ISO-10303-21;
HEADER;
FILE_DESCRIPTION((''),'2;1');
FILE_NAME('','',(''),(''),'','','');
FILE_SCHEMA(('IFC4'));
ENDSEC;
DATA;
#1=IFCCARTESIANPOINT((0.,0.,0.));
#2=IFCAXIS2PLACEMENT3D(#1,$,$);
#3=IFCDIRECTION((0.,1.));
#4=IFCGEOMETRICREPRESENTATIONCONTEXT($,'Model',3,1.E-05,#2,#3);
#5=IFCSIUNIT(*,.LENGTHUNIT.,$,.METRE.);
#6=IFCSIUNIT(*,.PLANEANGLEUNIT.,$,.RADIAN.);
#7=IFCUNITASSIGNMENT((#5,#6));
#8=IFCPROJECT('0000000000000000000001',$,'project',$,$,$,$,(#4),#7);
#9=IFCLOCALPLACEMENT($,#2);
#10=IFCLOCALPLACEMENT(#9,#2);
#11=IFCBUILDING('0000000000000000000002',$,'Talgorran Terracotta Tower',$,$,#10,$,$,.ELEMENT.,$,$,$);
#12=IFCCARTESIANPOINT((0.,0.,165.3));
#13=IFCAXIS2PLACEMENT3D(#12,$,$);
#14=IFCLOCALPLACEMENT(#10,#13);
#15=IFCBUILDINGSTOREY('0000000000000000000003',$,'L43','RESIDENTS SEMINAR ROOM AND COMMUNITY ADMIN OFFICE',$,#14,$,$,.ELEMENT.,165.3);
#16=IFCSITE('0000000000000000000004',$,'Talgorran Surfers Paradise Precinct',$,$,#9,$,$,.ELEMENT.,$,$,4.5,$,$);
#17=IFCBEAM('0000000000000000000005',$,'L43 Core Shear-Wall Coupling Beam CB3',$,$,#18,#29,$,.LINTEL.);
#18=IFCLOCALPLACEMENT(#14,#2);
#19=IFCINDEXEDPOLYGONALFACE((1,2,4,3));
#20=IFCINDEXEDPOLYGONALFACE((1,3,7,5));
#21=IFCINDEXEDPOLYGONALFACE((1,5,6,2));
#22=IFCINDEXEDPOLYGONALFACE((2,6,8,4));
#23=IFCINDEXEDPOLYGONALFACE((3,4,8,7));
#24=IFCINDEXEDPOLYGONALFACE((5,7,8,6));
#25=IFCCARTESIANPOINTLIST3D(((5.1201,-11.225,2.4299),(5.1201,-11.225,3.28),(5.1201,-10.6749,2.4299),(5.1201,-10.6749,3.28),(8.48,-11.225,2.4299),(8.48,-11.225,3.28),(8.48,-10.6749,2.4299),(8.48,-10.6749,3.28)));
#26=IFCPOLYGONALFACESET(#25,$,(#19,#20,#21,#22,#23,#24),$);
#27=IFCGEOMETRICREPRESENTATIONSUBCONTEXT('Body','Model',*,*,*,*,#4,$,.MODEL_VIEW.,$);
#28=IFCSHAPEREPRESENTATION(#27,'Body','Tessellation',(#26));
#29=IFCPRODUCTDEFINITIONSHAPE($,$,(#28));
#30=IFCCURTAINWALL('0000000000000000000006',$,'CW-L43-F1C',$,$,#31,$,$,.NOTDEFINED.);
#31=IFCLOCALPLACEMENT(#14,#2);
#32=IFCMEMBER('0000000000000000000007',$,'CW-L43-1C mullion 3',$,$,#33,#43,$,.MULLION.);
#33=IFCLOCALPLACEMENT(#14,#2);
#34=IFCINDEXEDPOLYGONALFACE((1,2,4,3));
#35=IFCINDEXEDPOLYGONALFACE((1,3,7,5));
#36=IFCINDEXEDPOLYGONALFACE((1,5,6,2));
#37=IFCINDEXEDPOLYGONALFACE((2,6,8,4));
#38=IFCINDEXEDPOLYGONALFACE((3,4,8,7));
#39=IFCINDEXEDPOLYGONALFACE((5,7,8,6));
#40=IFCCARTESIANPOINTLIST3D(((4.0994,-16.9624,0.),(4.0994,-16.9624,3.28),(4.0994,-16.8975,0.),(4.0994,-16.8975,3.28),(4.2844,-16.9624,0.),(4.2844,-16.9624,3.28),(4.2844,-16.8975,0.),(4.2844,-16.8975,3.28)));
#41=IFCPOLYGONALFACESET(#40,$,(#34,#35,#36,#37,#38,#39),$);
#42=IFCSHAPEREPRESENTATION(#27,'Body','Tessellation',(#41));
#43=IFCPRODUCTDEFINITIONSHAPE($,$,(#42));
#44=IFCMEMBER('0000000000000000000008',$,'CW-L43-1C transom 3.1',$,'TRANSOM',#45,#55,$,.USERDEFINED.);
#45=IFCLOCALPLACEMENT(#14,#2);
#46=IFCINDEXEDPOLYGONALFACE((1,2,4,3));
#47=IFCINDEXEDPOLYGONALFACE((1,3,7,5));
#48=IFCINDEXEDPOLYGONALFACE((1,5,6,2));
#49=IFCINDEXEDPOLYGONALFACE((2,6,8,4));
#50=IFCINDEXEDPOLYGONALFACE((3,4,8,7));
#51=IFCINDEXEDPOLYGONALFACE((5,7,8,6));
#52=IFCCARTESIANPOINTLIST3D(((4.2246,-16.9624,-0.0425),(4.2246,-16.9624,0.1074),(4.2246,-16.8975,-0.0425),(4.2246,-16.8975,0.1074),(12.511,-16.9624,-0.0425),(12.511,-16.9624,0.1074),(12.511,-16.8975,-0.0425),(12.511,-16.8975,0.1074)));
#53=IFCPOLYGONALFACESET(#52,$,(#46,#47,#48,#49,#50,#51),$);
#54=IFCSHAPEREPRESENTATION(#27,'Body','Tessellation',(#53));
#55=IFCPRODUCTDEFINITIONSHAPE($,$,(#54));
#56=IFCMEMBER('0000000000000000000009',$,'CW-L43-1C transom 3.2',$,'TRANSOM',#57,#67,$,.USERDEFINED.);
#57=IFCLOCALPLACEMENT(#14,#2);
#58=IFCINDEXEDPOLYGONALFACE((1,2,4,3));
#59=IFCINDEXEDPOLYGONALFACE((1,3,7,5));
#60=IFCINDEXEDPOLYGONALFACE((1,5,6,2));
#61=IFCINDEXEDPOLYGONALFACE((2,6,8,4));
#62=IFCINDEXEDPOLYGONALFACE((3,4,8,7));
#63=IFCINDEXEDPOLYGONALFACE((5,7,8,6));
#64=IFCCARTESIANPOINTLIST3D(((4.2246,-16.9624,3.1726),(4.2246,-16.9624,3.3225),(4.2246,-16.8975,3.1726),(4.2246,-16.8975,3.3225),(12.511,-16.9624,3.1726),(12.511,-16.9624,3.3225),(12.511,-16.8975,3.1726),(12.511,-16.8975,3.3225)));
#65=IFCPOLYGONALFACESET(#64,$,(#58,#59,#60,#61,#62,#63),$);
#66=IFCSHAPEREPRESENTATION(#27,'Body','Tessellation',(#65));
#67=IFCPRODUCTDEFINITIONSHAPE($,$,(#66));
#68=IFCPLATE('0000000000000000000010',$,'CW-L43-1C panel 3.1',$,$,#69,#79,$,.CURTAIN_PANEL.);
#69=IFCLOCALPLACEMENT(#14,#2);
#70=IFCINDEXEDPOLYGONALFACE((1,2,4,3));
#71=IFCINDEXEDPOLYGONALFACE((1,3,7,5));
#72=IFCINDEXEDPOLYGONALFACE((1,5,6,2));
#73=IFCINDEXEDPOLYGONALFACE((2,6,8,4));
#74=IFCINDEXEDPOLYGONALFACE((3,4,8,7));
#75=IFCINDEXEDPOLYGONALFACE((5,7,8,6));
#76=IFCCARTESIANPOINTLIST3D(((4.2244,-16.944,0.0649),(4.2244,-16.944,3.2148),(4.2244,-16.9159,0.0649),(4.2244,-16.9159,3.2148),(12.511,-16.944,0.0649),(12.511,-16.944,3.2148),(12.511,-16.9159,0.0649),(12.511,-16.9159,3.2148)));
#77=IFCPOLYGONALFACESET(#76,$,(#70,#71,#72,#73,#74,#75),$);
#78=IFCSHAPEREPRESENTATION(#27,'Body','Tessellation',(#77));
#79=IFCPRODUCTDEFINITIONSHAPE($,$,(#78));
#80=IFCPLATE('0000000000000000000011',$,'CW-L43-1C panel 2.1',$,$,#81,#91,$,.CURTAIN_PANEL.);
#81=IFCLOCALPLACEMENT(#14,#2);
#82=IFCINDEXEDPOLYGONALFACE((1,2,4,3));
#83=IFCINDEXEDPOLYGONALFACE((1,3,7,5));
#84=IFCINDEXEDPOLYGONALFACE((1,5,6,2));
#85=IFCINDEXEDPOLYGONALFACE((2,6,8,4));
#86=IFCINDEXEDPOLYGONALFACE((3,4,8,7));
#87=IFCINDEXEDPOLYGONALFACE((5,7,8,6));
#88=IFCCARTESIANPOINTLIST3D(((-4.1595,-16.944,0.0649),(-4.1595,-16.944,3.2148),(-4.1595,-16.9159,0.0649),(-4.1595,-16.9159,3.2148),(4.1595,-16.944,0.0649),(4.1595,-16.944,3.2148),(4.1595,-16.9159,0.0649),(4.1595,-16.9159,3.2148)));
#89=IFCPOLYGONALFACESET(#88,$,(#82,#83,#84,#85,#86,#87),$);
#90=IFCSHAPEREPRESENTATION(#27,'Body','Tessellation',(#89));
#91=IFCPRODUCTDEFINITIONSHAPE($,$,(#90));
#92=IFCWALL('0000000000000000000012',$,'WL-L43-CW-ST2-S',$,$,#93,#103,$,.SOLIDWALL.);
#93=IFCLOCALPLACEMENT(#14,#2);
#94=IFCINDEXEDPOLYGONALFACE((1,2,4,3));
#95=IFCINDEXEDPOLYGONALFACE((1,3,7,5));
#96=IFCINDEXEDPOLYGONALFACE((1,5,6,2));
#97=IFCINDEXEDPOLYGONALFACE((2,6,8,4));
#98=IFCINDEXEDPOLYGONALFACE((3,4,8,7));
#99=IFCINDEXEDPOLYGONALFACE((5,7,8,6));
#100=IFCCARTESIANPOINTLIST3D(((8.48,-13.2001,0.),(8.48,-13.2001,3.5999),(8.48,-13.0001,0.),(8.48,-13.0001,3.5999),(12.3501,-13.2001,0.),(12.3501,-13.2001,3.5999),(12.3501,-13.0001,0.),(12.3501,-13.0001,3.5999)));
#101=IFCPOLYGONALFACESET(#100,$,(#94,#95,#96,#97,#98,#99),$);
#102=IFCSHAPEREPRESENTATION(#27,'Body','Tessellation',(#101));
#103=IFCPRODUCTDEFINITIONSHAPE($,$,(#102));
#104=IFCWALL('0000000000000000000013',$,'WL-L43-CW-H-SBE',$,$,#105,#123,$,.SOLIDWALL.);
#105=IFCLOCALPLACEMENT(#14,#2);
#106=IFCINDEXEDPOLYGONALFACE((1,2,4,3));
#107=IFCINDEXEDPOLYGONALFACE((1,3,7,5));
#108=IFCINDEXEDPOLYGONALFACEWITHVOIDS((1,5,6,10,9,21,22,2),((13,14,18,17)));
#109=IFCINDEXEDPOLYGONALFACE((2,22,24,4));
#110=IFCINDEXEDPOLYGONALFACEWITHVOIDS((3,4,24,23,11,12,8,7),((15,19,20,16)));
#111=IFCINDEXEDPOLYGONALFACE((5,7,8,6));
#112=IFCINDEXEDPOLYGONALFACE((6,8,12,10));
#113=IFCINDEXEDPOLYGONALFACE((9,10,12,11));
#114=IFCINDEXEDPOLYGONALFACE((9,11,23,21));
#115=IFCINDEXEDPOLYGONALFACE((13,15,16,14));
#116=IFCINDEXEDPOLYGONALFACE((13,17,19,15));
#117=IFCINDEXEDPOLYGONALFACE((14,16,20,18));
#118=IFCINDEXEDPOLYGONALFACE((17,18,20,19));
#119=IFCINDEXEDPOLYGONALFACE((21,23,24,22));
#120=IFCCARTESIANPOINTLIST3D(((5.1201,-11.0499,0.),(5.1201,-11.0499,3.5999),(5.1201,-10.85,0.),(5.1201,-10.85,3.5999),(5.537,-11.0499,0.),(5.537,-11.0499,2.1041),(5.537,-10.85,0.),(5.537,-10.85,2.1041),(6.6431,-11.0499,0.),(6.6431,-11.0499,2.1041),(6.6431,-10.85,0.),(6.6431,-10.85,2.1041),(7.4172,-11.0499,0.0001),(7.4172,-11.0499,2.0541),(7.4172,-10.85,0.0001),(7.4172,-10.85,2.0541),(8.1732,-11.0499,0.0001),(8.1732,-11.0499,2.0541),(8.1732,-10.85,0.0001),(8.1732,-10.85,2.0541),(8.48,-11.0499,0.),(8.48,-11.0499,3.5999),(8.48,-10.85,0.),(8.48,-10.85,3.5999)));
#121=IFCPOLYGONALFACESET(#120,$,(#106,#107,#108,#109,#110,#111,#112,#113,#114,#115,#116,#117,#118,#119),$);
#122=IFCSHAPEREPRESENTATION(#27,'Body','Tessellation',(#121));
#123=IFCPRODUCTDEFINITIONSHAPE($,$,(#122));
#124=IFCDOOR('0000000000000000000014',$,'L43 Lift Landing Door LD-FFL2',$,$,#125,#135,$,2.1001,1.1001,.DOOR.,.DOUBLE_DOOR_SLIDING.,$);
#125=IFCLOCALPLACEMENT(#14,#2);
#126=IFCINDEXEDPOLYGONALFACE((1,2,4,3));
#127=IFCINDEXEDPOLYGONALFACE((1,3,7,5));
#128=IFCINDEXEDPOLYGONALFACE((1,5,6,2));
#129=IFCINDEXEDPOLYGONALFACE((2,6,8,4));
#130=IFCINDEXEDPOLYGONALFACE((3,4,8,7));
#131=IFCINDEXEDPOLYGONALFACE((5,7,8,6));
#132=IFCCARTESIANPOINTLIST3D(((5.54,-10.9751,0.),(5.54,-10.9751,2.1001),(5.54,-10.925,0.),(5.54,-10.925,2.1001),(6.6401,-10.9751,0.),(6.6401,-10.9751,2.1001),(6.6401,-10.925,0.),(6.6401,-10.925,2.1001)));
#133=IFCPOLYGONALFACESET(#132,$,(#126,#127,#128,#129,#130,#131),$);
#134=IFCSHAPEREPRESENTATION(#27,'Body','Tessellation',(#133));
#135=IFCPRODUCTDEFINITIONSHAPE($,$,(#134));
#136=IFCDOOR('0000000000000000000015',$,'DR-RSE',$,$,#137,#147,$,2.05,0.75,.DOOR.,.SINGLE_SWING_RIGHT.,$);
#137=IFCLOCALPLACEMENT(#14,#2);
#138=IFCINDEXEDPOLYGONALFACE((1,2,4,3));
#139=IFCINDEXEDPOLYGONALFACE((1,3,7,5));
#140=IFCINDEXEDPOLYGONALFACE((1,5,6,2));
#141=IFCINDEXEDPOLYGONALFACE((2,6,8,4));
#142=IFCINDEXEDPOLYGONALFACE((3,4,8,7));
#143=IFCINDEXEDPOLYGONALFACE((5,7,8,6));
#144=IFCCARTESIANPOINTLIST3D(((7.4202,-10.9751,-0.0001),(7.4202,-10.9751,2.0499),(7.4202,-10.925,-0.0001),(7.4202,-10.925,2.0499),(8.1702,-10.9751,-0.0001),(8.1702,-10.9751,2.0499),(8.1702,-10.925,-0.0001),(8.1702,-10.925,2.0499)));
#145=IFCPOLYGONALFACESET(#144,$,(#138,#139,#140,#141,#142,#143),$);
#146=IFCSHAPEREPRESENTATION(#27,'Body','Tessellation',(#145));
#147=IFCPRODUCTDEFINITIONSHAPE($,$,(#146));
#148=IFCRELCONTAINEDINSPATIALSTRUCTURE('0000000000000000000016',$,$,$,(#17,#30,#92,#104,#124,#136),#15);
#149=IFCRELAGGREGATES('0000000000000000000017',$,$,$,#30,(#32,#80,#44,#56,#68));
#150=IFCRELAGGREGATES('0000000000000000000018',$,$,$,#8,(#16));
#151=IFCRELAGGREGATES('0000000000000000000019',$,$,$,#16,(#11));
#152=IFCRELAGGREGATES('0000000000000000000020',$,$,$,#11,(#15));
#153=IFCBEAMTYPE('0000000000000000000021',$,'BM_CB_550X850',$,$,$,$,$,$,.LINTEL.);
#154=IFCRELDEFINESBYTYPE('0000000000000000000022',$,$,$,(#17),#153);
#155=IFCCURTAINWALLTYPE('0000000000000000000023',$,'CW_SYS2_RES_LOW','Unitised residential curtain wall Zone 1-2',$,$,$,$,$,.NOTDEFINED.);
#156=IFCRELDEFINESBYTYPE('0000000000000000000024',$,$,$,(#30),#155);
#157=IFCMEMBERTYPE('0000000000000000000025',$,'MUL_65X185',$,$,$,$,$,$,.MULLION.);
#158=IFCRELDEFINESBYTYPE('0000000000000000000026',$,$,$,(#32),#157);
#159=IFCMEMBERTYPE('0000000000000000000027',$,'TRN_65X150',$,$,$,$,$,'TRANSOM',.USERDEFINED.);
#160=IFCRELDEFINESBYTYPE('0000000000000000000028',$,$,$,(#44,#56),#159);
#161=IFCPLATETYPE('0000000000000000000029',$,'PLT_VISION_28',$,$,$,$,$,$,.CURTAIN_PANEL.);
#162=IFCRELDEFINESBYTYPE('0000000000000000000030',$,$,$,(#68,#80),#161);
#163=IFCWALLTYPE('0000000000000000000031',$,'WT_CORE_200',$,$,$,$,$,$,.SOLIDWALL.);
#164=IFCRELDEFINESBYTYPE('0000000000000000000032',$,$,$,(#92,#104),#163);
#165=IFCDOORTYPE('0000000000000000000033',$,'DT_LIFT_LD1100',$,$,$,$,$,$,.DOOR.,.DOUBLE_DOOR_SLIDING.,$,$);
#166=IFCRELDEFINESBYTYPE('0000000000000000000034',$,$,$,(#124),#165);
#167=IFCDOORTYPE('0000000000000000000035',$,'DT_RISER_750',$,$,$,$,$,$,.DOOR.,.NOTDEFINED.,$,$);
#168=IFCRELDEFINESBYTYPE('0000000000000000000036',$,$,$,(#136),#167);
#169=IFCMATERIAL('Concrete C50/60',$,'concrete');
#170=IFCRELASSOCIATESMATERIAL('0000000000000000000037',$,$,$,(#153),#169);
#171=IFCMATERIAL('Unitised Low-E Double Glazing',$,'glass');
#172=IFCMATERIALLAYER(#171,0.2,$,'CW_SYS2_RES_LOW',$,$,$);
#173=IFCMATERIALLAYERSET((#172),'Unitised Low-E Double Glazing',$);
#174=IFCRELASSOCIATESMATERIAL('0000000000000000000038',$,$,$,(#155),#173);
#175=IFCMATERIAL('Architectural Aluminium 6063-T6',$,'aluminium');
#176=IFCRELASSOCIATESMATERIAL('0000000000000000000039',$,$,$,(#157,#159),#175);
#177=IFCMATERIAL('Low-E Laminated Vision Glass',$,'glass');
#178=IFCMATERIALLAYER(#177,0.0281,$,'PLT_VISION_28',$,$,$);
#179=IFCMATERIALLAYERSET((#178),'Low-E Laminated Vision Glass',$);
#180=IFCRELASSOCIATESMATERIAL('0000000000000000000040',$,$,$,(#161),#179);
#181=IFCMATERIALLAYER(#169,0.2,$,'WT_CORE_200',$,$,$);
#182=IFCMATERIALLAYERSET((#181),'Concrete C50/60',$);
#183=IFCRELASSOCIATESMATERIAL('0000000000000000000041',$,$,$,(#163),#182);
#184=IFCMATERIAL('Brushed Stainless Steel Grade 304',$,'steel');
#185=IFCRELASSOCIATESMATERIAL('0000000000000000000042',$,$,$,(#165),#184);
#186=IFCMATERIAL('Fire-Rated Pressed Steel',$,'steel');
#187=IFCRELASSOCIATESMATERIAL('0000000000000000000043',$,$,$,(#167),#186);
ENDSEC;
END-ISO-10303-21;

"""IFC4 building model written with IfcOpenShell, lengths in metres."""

from ifc_helpers import new_model, si_unit, direction, frame, frame_2d, origin, origin_2d, place, context, subcontext, project, spatial, rectangle, extrude, source, transform, mapped, material, layer, layer_set, material_profile, profile_set, type_object, type_shapes, element, fill, aggregate, save


model = new_model("IFC4")

# Units and contexts
model_context = context("Model", 3, precision=1e-05, world=origin(), true_north=direction((0.0, 1.0)))
body_context = subcontext(model_context, "Body", "Model", "MODEL_VIEW")
ifc_project = project(units=[si_unit("LENGTHUNIT", "METRE"), si_unit("PLANEANGLEUNIT", "RADIAN")], contexts=[model_context])

# Site, building, storey
site_placement = place(None, origin())
site = spatial("IfcSite", under=ifc_project, at=site_placement, Name="Talgorran Surfers Paradise Precinct", CompositionType="ELEMENT", RefElevation=4.5)
building_placement = place(site_placement, origin())
building = spatial("IfcBuilding", under=site, at=building_placement, Name="Talgorran Terracotta Tower", CompositionType="ELEMENT")
storey_placement = place(building_placement, frame((0.0, 0.0, 165.3)))
storey = spatial("IfcBuildingStorey", under=building, at=storey_placement, Name="L43", Description="RESIDENTS SEMINAR ROOM AND COMMUNITY ADMIN OFFICE", CompositionType="ELEMENT", Elevation=165.3)

# Beam
ifc_material_1 = material(Name="Concrete C50/60", Category="concrete")
ifc_material_profile_1 = material_profile(ifc_material_1, rectangle(XDim=0.55, YDim=0.8501, at=origin_2d()), Name="RCCB550X850")
ifc_profile_set_1 = profile_set([ifc_material_profile_1], Name="Concrete C50/60")
beam_type = type_object("IfcBeamType", Name="BM_CB_550X850", PredefinedType="LINTEL", material=ifc_profile_set_1)
beam_placement = place(storey_placement, frame((5.1201, -10.95, 2.855), z_axis=(1.0, 0.0, 0.0), x_axis=(0.0, 1.0, 0.0)))
element("IfcBeam", 1, at=beam_placement, inside=storey, type_object=beam_type, Name="L43 Core Shear-Wall Coupling Beam CB3", PredefinedType="LINTEL", context=body_context, shape_type="SweptSolid", body=[
    extrude(rectangle(XDim=0.55, YDim=0.8501, at=origin_2d()), origin(), (0.0, 0.0, 1.0), 3.3599),
])

# Curtain wall, members, plates
ifc_material_2 = material(Name="Unitised Low-E Double Glazing", Category="glass")
ifc_layer_1 = layer(ifc_material_2, 0.2, Name="CW_SYS2_RES_LOW")
ifc_layer_set_1 = layer_set([ifc_layer_1], Name="Unitised Low-E Double Glazing")
curtain_wall_type = type_object("IfcCurtainWallType", Name="CW_SYS2_RES_LOW", Description="Unitised residential curtain wall Zone 1-2", PredefinedType="NOTDEFINED", material=ifc_layer_set_1)
curtain_wall_placement = place(storey_placement, origin())
curtain_wall = element("IfcCurtainWall", 2, at=curtain_wall_placement, inside=storey, type_object=curtain_wall_type, Name="CW-L43-F1C", PredefinedType="NOTDEFINED")
ifc_material_3 = material(Name="Architectural Aluminium 6063-T6", Category="aluminium")
ifc_material_profile_2 = material_profile(ifc_material_3, rectangle(XDim=0.0649, YDim=0.1851, at=origin_2d()), Name="CWM65X185")
ifc_profile_set_2 = profile_set([ifc_material_profile_2], Name="Architectural Aluminium 6063-T6")
member_type_1 = type_object("IfcMemberType", Name="MUL_65X185", PredefinedType="MULLION", material=ifc_profile_set_2)
member_1_placement = place(storey_placement, frame((4.1919, -16.9299, 0.0), z_axis=(0.0, 0.0, 1.0), x_axis=(0.0, 1.0, 0.0)))
member_1 = element("IfcMember", 3, at=member_1_placement, type_object=member_type_1, Name="CW-L43-1C mullion 3", PredefinedType="MULLION", context=body_context, shape_type="SweptSolid", body=[
    extrude(rectangle(XDim=0.0649, YDim=0.1851, at=origin_2d()), origin(), (0.0, 0.0, 1.0), 3.28),
])
ifc_material_profile_3 = material_profile(ifc_material_3, rectangle(XDim=0.0649, YDim=0.1499, at=origin_2d()), Name="CWT65X150")
ifc_profile_set_3 = profile_set([ifc_material_profile_3], Name="Architectural Aluminium 6063-T6")
member_type_2 = type_object("IfcMemberType", Name="TRN_65X150", ElementType="TRANSOM", PredefinedType="USERDEFINED", material=ifc_profile_set_3)
member_2_placement = place(storey_placement, frame((4.2246, -16.9299, 0.0325), z_axis=(1.0, 0.0, 0.0), x_axis=(0.0, 1.0, 0.0)))
member_2 = element("IfcMember", 4, at=member_2_placement, type_object=member_type_2, Name="CW-L43-1C transom 3.1", ObjectType="TRANSOM", PredefinedType="USERDEFINED", context=body_context, shape_type="SweptSolid", body=[
    extrude(rectangle(XDim=0.0649, YDim=0.1499, at=origin_2d()), origin(), (0.0, 0.0, 1.0), 8.2864),
])
member_3_placement = place(storey_placement, frame((4.2246, -16.9299, 3.2476), z_axis=(1.0, 0.0, 0.0), x_axis=(0.0, 1.0, 0.0)))
member_3 = element("IfcMember", 5, at=member_3_placement, type_object=member_type_2, Name="CW-L43-1C transom 3.2", ObjectType="TRANSOM", PredefinedType="USERDEFINED", context=body_context, shape_type="SweptSolid", body=[
    extrude(rectangle(XDim=0.0649, YDim=0.1499, at=origin_2d()), origin(), (0.0, 0.0, 1.0), 8.2864),
])
ifc_material_4 = material(Name="Low-E Laminated Vision Glass", Category="glass")
ifc_layer_2 = layer(ifc_material_4, 0.0281, Name="PLT_VISION_28")
ifc_layer_set_2 = layer_set([ifc_layer_2], Name="Low-E Laminated Vision Glass")
plate_type = type_object("IfcPlateType", Name="PLT_VISION_28", PredefinedType="CURTAIN_PANEL", material=ifc_layer_set_2)
shared_shape_1 = source(origin(), body_context, "Body", "SweptSolid", [
    extrude(rectangle(XDim=8.2866, YDim=0.0281, at=origin_2d()), origin(), (0.0, 0.0, 1.0), 3.1499),
])
plate_1_placement = place(storey_placement, frame((8.3677, -16.9299, 0.0649), z_axis=(0.0, 0.0, 1.0), x_axis=(1.0, 0.0, 0.0)))
plate_1 = element("IfcPlate", 6, at=plate_1_placement, type_object=plate_type, Name="CW-L43-1C panel 3.1", PredefinedType="CURTAIN_PANEL", context=body_context, shape_type="MappedRepresentation", body=[
    mapped(shared_shape_1, transform((0.0, 0.0, 0.0), scale=1.0)),
])
shared_shape_2 = source(origin(), body_context, "Body", "SweptSolid", [
    extrude(rectangle(XDim=8.3191, YDim=0.0281, at=origin_2d()), origin(), (0.0, 0.0, 1.0), 3.1499),
])
type_shapes(plate_type, [shared_shape_1, shared_shape_2])
plate_2_placement = place(storey_placement, frame((0.0, -16.9299, 0.0649), z_axis=(0.0, 0.0, 1.0), x_axis=(1.0, 0.0, 0.0)))
plate_2 = element("IfcPlate", 7, at=plate_2_placement, type_object=plate_type, Name="CW-L43-1C panel 2.1", PredefinedType="CURTAIN_PANEL", context=body_context, shape_type="MappedRepresentation", body=[
    mapped(shared_shape_2, transform((0.0, 0.0, 0.0), scale=1.0)),
])
aggregate(curtain_wall, [member_1, plate_2, member_2, member_3, plate_1])

# Wall
ifc_layer_3 = layer(ifc_material_1, 0.2, Name="WT_CORE_200")
ifc_layer_set_3 = layer_set([ifc_layer_3], Name="Concrete C50/60")
wall_type_1 = type_object("IfcWallType", Name="WT_CORE_200", PredefinedType="SOLIDWALL", material=ifc_layer_set_3)
wall_1_placement = place(storey_placement, frame((8.48, -13.1001, 0.0), z_axis=(0.0, 0.0, 1.0), x_axis=(1.0, 0.0, 0.0)))
element("IfcWall", 8, at=wall_1_placement, inside=storey, type_object=wall_type_1, Name="WL-L43-CW-ST2-S", PredefinedType="SOLIDWALL", context=body_context, shape_type="SweptSolid", body=[
    extrude(rectangle(XDim=3.8701, YDim=0.2, at=frame_2d((1.9351, 0.0))), origin(), (0.0, 0.0, 1.0), 3.5999),
])

# Wall, openings, doors
wall_2_placement = place(storey_placement, frame((5.1201, -10.95, 0.0), z_axis=(0.0, 0.0, 1.0), x_axis=(1.0, 0.0, 0.0)))
wall_2 = element("IfcWall", 9, at=wall_2_placement, inside=storey, type_object=wall_type_1, Name="WL-L43-CW-H-SBE", PredefinedType="SOLIDWALL", context=body_context, shape_type="SweptSolid", body=[
    extrude(rectangle(XDim=3.3599, YDim=0.2, at=frame_2d((1.6799, 0.0))), origin(), (0.0, 0.0, 1.0), 3.5999),
])
opening_1_placement = place(wall_2_placement, frame((0.4199, 0.0, 0.0)))
opening_1 = element("IfcOpeningElement", 10, at=opening_1_placement, cuts=wall_2, PredefinedType="OPENING", context=body_context, shape_type="SweptSolid", body=[
    extrude(rectangle(XDim=1.1061, YDim=2.1041, at=frame_2d((0.55, 1.052))), frame((0.0, 0.1099, 0.0), z_axis=(0.0, -1.0, 0.0), x_axis=(1.0, 0.0, 0.0)), (0.0, 0.0, 1.0), 0.22),
])
opening_2_placement = place(wall_2_placement, frame((2.3, 0.0, 0.0)))
opening_2 = element("IfcOpeningElement", 11, at=opening_2_placement, cuts=wall_2, PredefinedType="OPENING", context=body_context, shape_type="SweptSolid", body=[
    extrude(rectangle(XDim=0.756, YDim=2.054, at=frame_2d((0.375, 1.0271))), frame((0.0, 0.1099, 0.0), z_axis=(0.0, -1.0, 0.0), x_axis=(1.0, 0.0, 0.0)), (0.0, 0.0, 1.0), 0.22),
])
ifc_material_5 = material(Name="Brushed Stainless Steel Grade 304", Category="steel")
door_type_1 = type_object("IfcDoorType", Name="DT_LIFT_LD1100", OperationType="DOUBLE_DOOR_SLIDING", PredefinedType="DOOR", material=ifc_material_5)
door_1_placement = place(opening_1_placement, origin())
door_1 = element("IfcDoor", 12, at=door_1_placement, inside=storey, type_object=door_type_1, Name="L43 Lift Landing Door LD-FFL2", OperationType="DOUBLE_DOOR_SLIDING", OverallHeight=2.1001, OverallWidth=1.1001, PredefinedType="DOOR", context=body_context, shape_type="SweptSolid", body=[
    extrude(rectangle(XDim=1.1001, YDim=2.1001, at=frame_2d((0.55, 1.05))), frame((0.0, 0.0249, 0.0), z_axis=(0.0, -1.0, 0.0), x_axis=(1.0, 0.0, 0.0)), (0.0, 0.0, 1.0), 0.05),
])
fill(opening_1, door_1)
ifc_material_6 = material(Name="Fire-Rated Pressed Steel", Category="steel")
door_type_2 = type_object("IfcDoorType", Name="DT_RISER_750", OperationType="NOTDEFINED", PredefinedType="DOOR", material=ifc_material_6)
door_2_placement = place(opening_2_placement, origin())
door_2 = element("IfcDoor", 13, at=door_2_placement, inside=storey, type_object=door_type_2, Name="DR-RSE", OperationType="SINGLE_SWING_RIGHT", OverallHeight=2.05, OverallWidth=0.75, PredefinedType="DOOR", context=body_context, shape_type="SweptSolid", body=[
    extrude(rectangle(XDim=0.75, YDim=2.05, at=frame_2d((0.375, 1.0249))), frame((0.0, 0.0249, 0.0), z_axis=(0.0, -1.0, 0.0), x_axis=(1.0, 0.0, 0.0)), (0.0, 0.0, 1.0), 0.05),
])
fill(opening_2, door_2)

save(model, "model.ifc")
